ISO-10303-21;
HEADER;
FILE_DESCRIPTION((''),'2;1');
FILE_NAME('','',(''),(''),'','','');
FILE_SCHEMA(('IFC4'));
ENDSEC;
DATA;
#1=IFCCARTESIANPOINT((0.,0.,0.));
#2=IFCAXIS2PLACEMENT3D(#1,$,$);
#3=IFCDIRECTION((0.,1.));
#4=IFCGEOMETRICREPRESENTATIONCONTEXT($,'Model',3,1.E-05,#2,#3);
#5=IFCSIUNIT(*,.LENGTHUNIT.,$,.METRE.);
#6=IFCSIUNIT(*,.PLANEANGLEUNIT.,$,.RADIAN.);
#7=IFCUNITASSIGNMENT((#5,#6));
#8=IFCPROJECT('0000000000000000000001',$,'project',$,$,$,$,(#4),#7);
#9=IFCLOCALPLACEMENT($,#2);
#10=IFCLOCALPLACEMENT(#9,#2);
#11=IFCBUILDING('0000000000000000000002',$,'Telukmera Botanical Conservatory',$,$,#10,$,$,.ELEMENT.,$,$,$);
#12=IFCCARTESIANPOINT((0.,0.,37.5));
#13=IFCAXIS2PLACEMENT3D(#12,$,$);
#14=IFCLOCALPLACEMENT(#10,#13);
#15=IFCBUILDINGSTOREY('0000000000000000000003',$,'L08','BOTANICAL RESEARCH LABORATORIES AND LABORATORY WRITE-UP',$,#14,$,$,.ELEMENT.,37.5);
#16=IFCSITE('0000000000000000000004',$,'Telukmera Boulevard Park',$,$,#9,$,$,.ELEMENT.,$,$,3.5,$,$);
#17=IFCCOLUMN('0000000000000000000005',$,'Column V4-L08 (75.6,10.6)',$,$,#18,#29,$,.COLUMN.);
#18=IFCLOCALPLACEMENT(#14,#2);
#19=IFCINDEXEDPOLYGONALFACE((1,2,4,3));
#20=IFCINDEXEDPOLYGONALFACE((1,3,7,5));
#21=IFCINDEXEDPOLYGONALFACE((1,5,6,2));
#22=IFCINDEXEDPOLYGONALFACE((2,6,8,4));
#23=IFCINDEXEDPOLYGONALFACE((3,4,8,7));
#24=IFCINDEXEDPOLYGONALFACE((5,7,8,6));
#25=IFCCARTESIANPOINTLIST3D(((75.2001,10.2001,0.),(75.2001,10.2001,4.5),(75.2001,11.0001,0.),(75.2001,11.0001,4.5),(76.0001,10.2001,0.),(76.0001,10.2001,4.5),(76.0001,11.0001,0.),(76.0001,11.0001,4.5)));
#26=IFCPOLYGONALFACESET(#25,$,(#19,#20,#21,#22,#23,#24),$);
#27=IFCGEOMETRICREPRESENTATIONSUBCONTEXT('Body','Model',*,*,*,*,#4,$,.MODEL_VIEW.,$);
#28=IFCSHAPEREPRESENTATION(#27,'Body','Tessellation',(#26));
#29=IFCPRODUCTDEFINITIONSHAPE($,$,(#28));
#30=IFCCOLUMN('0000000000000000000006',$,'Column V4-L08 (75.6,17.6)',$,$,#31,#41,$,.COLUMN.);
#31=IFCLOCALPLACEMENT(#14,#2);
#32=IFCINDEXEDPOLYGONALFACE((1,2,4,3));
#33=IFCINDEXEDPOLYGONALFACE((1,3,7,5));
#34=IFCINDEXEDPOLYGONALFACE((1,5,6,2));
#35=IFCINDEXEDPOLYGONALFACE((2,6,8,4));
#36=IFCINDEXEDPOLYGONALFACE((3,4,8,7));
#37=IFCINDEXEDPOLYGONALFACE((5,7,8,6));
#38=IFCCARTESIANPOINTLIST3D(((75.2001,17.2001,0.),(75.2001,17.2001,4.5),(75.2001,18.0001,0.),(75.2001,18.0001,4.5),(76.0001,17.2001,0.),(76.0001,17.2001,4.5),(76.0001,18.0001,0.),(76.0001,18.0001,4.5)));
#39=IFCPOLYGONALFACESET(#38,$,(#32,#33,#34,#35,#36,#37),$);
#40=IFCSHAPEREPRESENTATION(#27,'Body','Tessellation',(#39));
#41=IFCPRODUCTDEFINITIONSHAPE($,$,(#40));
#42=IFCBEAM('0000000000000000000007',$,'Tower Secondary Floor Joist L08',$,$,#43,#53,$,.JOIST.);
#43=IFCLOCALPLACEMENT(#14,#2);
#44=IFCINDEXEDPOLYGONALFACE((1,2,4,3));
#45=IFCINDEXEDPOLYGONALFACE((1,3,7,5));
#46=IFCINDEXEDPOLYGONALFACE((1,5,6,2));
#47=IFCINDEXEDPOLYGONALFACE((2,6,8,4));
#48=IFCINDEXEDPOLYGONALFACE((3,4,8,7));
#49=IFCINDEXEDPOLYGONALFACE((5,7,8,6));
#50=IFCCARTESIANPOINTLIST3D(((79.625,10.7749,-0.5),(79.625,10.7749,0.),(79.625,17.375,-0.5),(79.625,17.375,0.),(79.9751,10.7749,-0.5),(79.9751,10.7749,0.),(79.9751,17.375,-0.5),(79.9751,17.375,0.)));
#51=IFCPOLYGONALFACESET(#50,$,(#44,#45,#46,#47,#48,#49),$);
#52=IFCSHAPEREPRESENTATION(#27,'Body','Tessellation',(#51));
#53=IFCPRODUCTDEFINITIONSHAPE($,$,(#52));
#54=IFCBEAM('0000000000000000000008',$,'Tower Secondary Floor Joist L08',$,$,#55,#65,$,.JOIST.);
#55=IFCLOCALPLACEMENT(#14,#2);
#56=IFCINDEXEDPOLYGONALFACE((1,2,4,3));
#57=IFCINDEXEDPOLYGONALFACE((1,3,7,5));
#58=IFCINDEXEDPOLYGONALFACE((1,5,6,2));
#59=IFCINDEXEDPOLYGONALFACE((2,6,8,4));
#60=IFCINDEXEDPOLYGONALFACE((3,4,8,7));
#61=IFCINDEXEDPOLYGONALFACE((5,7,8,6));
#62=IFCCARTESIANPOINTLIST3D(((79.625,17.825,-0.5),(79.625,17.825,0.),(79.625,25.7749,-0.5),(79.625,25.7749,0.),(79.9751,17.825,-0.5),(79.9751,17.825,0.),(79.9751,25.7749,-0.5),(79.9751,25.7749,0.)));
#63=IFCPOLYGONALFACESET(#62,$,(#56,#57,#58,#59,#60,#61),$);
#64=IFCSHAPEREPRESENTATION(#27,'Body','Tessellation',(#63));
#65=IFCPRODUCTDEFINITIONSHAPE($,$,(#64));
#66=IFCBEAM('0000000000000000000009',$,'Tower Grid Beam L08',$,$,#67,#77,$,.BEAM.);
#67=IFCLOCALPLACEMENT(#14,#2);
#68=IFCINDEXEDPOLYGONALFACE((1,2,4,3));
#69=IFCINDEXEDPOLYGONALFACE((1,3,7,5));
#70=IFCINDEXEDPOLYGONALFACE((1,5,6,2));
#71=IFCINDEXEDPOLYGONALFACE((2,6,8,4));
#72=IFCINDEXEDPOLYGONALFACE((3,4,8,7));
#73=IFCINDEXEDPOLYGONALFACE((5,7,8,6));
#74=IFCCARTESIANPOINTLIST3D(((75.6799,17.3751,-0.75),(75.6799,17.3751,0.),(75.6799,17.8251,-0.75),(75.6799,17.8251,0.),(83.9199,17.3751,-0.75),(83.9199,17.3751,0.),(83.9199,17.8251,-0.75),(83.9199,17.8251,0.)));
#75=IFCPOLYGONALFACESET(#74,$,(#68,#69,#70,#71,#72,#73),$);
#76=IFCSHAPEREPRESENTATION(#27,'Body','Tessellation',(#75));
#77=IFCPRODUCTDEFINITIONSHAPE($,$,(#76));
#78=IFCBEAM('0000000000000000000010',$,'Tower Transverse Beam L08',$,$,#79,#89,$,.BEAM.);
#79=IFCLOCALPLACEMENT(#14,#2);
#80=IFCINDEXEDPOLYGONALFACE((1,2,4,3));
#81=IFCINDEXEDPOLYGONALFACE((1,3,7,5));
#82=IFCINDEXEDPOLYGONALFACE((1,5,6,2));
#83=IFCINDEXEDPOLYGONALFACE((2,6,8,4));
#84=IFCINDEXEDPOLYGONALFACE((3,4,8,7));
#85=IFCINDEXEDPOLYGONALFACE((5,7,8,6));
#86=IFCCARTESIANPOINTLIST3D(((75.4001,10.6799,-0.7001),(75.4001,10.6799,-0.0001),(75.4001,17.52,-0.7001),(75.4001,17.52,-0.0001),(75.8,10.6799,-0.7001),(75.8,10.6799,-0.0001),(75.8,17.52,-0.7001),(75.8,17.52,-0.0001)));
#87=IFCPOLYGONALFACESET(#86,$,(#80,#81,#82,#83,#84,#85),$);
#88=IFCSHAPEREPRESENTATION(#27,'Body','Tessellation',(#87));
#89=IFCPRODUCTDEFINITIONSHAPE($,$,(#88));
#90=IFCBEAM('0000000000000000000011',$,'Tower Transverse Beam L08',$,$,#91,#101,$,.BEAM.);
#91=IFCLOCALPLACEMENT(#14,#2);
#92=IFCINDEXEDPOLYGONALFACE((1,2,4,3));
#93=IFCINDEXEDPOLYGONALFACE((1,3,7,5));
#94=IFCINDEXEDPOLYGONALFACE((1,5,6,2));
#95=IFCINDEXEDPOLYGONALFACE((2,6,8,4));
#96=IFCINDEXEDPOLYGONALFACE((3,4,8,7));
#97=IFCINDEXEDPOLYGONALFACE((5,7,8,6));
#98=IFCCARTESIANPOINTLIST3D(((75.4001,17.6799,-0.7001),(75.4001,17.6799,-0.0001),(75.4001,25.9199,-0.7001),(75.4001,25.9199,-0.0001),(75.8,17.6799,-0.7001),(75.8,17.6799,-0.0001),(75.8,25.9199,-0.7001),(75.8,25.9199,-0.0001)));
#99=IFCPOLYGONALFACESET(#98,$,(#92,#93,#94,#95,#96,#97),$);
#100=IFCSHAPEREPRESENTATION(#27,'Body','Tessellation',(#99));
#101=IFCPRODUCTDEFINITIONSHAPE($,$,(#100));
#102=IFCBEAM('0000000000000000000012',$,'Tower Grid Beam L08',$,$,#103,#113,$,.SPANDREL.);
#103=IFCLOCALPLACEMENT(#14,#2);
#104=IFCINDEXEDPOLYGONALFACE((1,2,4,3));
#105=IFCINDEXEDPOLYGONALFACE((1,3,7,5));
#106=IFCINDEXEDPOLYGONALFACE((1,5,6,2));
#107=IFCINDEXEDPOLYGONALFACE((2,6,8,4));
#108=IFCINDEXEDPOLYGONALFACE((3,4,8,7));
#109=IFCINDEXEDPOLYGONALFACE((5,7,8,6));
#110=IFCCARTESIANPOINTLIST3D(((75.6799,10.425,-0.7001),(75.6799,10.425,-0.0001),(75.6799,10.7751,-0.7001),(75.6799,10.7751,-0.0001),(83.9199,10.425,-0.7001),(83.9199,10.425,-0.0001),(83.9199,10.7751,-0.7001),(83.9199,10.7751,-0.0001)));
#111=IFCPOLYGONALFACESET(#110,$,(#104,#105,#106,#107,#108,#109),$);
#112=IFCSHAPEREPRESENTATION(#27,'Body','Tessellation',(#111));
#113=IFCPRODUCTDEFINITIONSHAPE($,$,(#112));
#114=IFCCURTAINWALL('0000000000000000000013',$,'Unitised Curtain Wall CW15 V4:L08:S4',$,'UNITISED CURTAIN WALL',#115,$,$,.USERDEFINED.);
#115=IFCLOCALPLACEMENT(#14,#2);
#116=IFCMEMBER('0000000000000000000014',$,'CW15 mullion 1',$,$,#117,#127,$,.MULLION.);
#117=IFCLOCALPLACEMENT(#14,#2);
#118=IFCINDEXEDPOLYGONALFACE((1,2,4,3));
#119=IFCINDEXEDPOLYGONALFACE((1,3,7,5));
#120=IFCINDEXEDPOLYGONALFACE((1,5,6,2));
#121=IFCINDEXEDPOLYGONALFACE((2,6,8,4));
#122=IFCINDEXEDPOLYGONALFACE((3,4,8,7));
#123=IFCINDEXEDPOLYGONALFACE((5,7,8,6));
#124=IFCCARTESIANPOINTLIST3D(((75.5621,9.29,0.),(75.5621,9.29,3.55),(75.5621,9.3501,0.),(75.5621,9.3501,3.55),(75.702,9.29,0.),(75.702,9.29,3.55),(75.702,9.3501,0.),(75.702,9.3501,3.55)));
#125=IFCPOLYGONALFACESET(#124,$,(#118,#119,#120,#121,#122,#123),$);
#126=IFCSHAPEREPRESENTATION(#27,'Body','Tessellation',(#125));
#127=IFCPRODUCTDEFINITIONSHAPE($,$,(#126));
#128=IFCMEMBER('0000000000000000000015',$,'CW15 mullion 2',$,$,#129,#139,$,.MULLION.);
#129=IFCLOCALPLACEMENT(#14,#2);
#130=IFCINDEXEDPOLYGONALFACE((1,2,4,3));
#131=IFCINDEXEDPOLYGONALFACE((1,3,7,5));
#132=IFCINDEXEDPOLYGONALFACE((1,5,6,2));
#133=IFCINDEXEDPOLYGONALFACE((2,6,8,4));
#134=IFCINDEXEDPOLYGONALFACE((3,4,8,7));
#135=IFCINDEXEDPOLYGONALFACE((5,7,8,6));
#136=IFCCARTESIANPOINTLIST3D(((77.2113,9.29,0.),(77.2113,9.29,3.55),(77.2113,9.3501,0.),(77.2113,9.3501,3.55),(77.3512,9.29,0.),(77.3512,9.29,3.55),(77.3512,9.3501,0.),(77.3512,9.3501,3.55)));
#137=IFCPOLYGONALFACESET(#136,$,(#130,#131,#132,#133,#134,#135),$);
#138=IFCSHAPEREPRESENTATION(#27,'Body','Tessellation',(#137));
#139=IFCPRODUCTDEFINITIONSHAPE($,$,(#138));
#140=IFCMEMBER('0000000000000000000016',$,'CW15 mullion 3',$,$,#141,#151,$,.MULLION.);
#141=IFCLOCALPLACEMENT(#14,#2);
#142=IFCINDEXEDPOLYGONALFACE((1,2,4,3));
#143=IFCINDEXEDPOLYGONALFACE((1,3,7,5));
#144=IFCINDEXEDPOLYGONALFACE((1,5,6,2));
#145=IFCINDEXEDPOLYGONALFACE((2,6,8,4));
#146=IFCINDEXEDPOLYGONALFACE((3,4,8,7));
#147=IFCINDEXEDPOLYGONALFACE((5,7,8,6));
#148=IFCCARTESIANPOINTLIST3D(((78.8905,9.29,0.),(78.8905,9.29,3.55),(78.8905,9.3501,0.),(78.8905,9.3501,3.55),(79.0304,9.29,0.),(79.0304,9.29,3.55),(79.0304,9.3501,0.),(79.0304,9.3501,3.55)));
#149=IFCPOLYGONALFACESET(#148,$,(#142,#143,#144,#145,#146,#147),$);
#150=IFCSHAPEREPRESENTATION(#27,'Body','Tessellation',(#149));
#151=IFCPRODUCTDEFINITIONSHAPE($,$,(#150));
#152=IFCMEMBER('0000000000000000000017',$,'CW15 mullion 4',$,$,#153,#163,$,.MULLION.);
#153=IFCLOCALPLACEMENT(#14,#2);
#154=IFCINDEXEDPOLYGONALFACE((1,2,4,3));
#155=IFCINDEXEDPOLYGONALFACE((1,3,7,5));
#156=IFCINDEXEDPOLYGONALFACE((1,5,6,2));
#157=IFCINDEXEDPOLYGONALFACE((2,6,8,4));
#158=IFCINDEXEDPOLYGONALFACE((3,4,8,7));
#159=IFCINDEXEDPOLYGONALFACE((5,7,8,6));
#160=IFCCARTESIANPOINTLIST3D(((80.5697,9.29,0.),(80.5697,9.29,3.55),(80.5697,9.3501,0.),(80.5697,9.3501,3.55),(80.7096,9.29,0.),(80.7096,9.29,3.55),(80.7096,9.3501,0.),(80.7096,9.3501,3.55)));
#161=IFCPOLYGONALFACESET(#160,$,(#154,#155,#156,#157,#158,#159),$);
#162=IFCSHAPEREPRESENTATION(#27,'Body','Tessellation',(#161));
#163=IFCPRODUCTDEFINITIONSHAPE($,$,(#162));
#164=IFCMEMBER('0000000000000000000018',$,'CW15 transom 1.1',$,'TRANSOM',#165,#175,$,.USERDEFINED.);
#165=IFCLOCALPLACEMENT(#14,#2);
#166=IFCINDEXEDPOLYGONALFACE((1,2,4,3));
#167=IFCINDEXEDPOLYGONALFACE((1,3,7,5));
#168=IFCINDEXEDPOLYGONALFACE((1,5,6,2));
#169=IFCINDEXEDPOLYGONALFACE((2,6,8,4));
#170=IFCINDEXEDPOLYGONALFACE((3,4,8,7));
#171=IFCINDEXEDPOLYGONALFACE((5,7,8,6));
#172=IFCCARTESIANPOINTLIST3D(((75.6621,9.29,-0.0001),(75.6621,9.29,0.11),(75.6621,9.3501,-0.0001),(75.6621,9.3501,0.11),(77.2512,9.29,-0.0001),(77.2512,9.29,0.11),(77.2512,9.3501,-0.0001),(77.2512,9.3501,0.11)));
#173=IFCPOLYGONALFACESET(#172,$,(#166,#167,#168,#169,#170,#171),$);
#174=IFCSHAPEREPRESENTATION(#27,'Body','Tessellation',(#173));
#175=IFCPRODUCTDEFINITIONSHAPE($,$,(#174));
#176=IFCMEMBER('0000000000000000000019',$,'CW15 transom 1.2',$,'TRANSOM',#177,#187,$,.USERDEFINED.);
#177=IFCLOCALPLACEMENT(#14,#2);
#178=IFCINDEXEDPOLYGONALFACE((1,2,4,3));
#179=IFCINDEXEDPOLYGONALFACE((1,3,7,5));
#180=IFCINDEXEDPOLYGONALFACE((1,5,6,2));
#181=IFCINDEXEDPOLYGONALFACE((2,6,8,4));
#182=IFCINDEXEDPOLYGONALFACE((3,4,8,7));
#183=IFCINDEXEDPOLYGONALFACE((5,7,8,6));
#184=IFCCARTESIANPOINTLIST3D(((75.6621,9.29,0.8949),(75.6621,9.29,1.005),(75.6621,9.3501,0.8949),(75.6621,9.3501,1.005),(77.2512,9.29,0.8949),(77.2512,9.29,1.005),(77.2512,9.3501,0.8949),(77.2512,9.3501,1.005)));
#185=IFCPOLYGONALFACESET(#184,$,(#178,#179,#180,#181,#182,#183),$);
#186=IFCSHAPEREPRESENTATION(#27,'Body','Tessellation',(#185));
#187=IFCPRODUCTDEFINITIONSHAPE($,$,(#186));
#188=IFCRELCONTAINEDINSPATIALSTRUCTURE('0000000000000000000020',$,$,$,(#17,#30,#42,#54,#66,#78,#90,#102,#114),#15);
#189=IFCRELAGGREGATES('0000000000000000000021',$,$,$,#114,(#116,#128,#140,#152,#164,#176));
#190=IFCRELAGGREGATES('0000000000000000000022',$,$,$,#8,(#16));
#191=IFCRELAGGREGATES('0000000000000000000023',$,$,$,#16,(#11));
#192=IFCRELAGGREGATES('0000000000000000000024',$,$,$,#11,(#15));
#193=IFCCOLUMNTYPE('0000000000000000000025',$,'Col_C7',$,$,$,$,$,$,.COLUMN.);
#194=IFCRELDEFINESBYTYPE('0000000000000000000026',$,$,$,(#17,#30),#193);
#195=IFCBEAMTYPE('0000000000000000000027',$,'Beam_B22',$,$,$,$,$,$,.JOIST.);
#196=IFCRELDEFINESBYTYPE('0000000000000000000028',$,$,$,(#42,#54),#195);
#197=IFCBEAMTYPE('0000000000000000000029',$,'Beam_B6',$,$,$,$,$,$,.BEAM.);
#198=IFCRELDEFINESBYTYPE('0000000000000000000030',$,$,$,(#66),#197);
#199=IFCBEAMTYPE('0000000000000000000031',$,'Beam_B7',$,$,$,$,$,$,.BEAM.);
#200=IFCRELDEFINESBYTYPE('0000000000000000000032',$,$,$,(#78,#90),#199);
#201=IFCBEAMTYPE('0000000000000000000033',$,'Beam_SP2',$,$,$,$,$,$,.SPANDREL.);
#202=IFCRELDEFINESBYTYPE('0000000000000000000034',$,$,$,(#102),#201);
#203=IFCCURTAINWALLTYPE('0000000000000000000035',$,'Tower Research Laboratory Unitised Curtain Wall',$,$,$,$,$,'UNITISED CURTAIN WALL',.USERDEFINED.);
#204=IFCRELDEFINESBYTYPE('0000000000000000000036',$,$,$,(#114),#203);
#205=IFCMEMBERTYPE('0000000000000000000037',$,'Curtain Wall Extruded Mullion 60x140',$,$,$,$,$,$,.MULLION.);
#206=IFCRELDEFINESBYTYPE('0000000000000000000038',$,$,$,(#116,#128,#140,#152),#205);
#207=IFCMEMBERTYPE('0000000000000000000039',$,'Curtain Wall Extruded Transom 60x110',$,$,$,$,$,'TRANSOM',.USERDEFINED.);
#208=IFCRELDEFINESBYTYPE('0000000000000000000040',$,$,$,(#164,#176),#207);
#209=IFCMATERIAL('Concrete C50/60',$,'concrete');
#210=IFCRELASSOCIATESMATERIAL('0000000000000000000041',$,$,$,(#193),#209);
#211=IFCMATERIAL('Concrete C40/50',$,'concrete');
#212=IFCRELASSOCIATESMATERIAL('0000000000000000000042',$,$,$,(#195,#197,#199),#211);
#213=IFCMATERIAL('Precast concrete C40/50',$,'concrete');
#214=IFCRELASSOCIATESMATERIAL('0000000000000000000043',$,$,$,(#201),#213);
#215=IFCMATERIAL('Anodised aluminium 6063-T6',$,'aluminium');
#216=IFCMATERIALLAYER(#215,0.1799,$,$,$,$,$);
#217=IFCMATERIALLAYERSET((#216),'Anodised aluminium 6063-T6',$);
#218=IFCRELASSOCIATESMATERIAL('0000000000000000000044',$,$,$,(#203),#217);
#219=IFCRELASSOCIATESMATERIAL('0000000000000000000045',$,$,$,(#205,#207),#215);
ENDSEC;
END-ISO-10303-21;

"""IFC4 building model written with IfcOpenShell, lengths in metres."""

from ifc_helpers import new_model, si_unit, direction, frame, origin, origin_2d, place, context, subcontext, project, spatial, rectangle, extrude, material, layer, layer_set, material_profile, profile_set, type_object, element, aggregate, save


model = new_model("IFC4")

# Units and contexts
model_context = context("Model", 3, precision=1e-05, world=origin(), true_north=direction((0.0, 1.0)))
body_context = subcontext(model_context, "Body", "Model", "MODEL_VIEW")
ifc_project = project(units=[si_unit("LENGTHUNIT", "METRE"), si_unit("PLANEANGLEUNIT", "RADIAN")], contexts=[model_context])

# Site, building, storey
site_placement = place(None, origin())
site = spatial("IfcSite", under=ifc_project, at=site_placement, Name="Telukmera Boulevard Park", CompositionType="ELEMENT", RefElevation=3.5)
building_placement = place(site_placement, origin())
building = spatial("IfcBuilding", under=site, at=building_placement, Name="Telukmera Botanical Conservatory", CompositionType="ELEMENT")
storey_placement = place(building_placement, frame((0.0, 0.0, 37.5)))
storey = spatial("IfcBuildingStorey", under=building, at=storey_placement, Name="L08", Description="BOTANICAL RESEARCH LABORATORIES AND LABORATORY WRITE-UP", CompositionType="ELEMENT", Elevation=37.5)

# Columns
ifc_material_1 = material(Name="Concrete C50/60", Category="concrete")
ifc_material_profile_1 = material_profile(ifc_material_1, rectangle(XDim=0.8, YDim=0.8, at=origin_2d()), Name="RC 800x800")
ifc_profile_set_1 = profile_set([ifc_material_profile_1], Name="Concrete C50/60")
column_type = type_object("IfcColumnType", Name="Col_C7", PredefinedType="COLUMN", material=ifc_profile_set_1)
for number, where, z_axis, x_axis, name in (
    (1, (75.6001, 10.6001, 0.0), (0.0, 0.0, 1.0), (1.0, 0.0, 0.0), "Column V4-L08 (75.6,10.6)"),
    (2, (75.6001, 17.6001, 0.0), (0.0, 0.0, 1.0), (1.0, 0.0, 0.0), "Column V4-L08 (75.6,17.6)"),
):
    element("IfcColumn", number, at=place(storey_placement, frame(where, z_axis=z_axis, x_axis=x_axis)), inside=storey, type_object=column_type, Name=name, PredefinedType="COLUMN", context=body_context, shape_type="SweptSolid", body=[
        extrude(rectangle(XDim=0.8, YDim=0.8, at=origin_2d()), origin(), (0.0, 0.0, 1.0), 4.5),
    ])

# Beams
ifc_material_2 = material(Name="Concrete C40/50", Category="concrete")
ifc_material_profile_2 = material_profile(ifc_material_2, rectangle(XDim=0.3501, YDim=0.5, at=origin_2d()), Name="RC 350x500")
ifc_profile_set_2 = profile_set([ifc_material_profile_2], Name="Concrete C40/50")
beam_type_1 = type_object("IfcBeamType", Name="Beam_B22", PredefinedType="JOIST", material=ifc_profile_set_2)
beam_1_placement = place(storey_placement, frame((79.8, 10.7749, -0.25), z_axis=(0.0, 1.0, 0.0), x_axis=(-1.0, 0.0, 0.0)))
element("IfcBeam", 3, at=beam_1_placement, inside=storey, type_object=beam_type_1, Name="Tower Secondary Floor Joist L08", PredefinedType="JOIST", context=body_context, shape_type="SweptSolid", body=[
    extrude(rectangle(XDim=0.3501, YDim=0.5, at=origin_2d()), origin(), (0.0, 0.0, 1.0), 6.6001),
])
beam_2_placement = place(storey_placement, frame((79.8, 17.825, -0.25), z_axis=(0.0, 1.0, 0.0), x_axis=(-1.0, 0.0, 0.0)))
element("IfcBeam", 4, at=beam_2_placement, inside=storey, type_object=beam_type_1, Name="Tower Secondary Floor Joist L08", PredefinedType="JOIST", context=body_context, shape_type="SweptSolid", body=[
    extrude(rectangle(XDim=0.3501, YDim=0.5, at=origin_2d()), origin(), (0.0, 0.0, 1.0), 7.95),
])
ifc_material_profile_3 = material_profile(ifc_material_2, rectangle(XDim=0.45, YDim=0.75, at=origin_2d()), Name="RC 450x750")
ifc_profile_set_3 = profile_set([ifc_material_profile_3], Name="Concrete C40/50")
beam_type_2 = type_object("IfcBeamType", Name="Beam_B6", PredefinedType="BEAM", material=ifc_profile_set_3)
beam_3_placement = place(storey_placement, frame((75.6799, 17.6001, -0.375), z_axis=(1.0, 0.0, 0.0), x_axis=(0.0, 1.0, 0.0)))
element("IfcBeam", 5, at=beam_3_placement, inside=storey, type_object=beam_type_2, Name="Tower Grid Beam L08", PredefinedType="BEAM", context=body_context, shape_type="SweptSolid", body=[
    extrude(rectangle(XDim=0.45, YDim=0.75, at=origin_2d()), origin(), (0.0, 0.0, 1.0), 8.24),
])
ifc_material_profile_4 = material_profile(ifc_material_2, rectangle(XDim=0.3999, YDim=0.7, at=origin_2d()), Name="RC 400x700")
ifc_profile_set_4 = profile_set([ifc_material_profile_4], Name="Concrete C40/50")
beam_type_3 = type_object("IfcBeamType", Name="Beam_B7", PredefinedType="BEAM", material=ifc_profile_set_4)
beam_4_placement = place(storey_placement, frame((75.6001, 10.6799, -0.3501), z_axis=(0.0, 1.0, 0.0), x_axis=(-1.0, 0.0, 0.0)))
element("IfcBeam", 6, at=beam_4_placement, inside=storey, type_object=beam_type_3, Name="Tower Transverse Beam L08", PredefinedType="BEAM", context=body_context, shape_type="SweptSolid", body=[
    extrude(rectangle(XDim=0.3999, YDim=0.7, at=origin_2d()), origin(), (0.0, 0.0, 1.0), 6.8401),
])
beam_5_placement = place(storey_placement, frame((75.6001, 17.6799, -0.3501), z_axis=(0.0, 1.0, 0.0), x_axis=(-1.0, 0.0, 0.0)))
element("IfcBeam", 7, at=beam_5_placement, inside=storey, type_object=beam_type_3, Name="Tower Transverse Beam L08", PredefinedType="BEAM", context=body_context, shape_type="SweptSolid", body=[
    extrude(rectangle(XDim=0.3999, YDim=0.7, at=origin_2d()), origin(), (0.0, 0.0, 1.0), 8.24),
])
ifc_material_3 = material(Name="Precast concrete C40/50", Category="concrete")
ifc_material_profile_5 = material_profile(ifc_material_3, rectangle(XDim=0.3501, YDim=0.7, at=origin_2d()), Name="PC 350x700")
ifc_profile_set_5 = profile_set([ifc_material_profile_5], Name="Precast concrete C40/50")
beam_type_4 = type_object("IfcBeamType", Name="Beam_SP2", PredefinedType="SPANDREL", material=ifc_profile_set_5)
beam_6_placement = place(storey_placement, frame((75.6799, 10.6001, -0.3501), z_axis=(1.0, 0.0, 0.0), x_axis=(0.0, 1.0, 0.0)))
element("IfcBeam", 8, at=beam_6_placement, inside=storey, type_object=beam_type_4, Name="Tower Grid Beam L08", PredefinedType="SPANDREL", context=body_context, shape_type="SweptSolid", body=[
    extrude(rectangle(XDim=0.3501, YDim=0.7, at=origin_2d()), origin(), (0.0, 0.0, 1.0), 8.24),
])

# Curtain wall, members
ifc_material_4 = material(Name="Anodised aluminium 6063-T6", Category="aluminium")
ifc_layer_1 = layer(ifc_material_4, 0.1799)
ifc_layer_set_1 = layer_set([ifc_layer_1], Name="Anodised aluminium 6063-T6")
curtain_wall_type = type_object("IfcCurtainWallType", Name="Tower Research Laboratory Unitised Curtain Wall", ElementType="UNITISED CURTAIN WALL", PredefinedType="USERDEFINED", material=ifc_layer_set_1)
curtain_wall_placement = place(storey_placement, origin())
curtain_wall = element("IfcCurtainWall", 9, at=curtain_wall_placement, inside=storey, type_object=curtain_wall_type, Name="Unitised Curtain Wall CW15 V4:L08:S4", ObjectType="UNITISED CURTAIN WALL", PredefinedType="USERDEFINED")
ifc_material_profile_6 = material_profile(ifc_material_4, rectangle(XDim=0.0601, YDim=0.1399, at=origin_2d()), Name="ALU MULL 60x140")
ifc_profile_set_6 = profile_set([ifc_material_profile_6], Name="Anodised aluminium 6063-T6")
member_type_1 = type_object("IfcMemberType", Name="Curtain Wall Extruded Mullion 60x140", PredefinedType="MULLION", material=ifc_profile_set_6)
member_1_placement = place(storey_placement, frame((75.6321, 9.3201, 0.0), z_axis=(0.0, 0.0, 1.0), x_axis=(0.0, 1.0, 0.0)))
member_1 = element("IfcMember", 10, at=member_1_placement, type_object=member_type_1, Name="CW15 mullion 1", PredefinedType="MULLION", context=body_context, shape_type="SweptSolid", body=[
    extrude(rectangle(XDim=0.0601, YDim=0.1399, at=origin_2d()), origin(), (0.0, 0.0, 1.0), 3.55),
])
member_2_placement = place(storey_placement, frame((77.2812, 9.3201, 0.0), z_axis=(0.0, 0.0, 1.0), x_axis=(0.0, 1.0, 0.0)))
member_2 = element("IfcMember", 11, at=member_2_placement, type_object=member_type_1, Name="CW15 mullion 2", PredefinedType="MULLION", context=body_context, shape_type="SweptSolid", body=[
    extrude(rectangle(XDim=0.0601, YDim=0.1399, at=origin_2d()), origin(), (0.0, 0.0, 1.0), 3.55),
])
member_3_placement = place(storey_placement, frame((78.9604, 9.3201, 0.0), z_axis=(0.0, 0.0, 1.0), x_axis=(0.0, 1.0, 0.0)))
member_3 = element("IfcMember", 12, at=member_3_placement, type_object=member_type_1, Name="CW15 mullion 3", PredefinedType="MULLION", context=body_context, shape_type="SweptSolid", body=[
    extrude(rectangle(XDim=0.0601, YDim=0.1399, at=origin_2d()), origin(), (0.0, 0.0, 1.0), 3.55),
])
member_4_placement = place(storey_placement, frame((80.6396, 9.3201, 0.0), z_axis=(0.0, 0.0, 1.0), x_axis=(0.0, 1.0, 0.0)))
member_4 = element("IfcMember", 13, at=member_4_placement, type_object=member_type_1, Name="CW15 mullion 4", PredefinedType="MULLION", context=body_context, shape_type="SweptSolid", body=[
    extrude(rectangle(XDim=0.0601, YDim=0.1399, at=origin_2d()), origin(), (0.0, 0.0, 1.0), 3.55),
])
ifc_material_profile_7 = material_profile(ifc_material_4, rectangle(XDim=0.0601, YDim=0.1101, at=origin_2d()), Name="ALU TRAN 60x110")
ifc_profile_set_7 = profile_set([ifc_material_profile_7], Name="Anodised aluminium 6063-T6")
member_type_2 = type_object("IfcMemberType", Name="Curtain Wall Extruded Transom 60x110", ElementType="TRANSOM", PredefinedType="USERDEFINED", material=ifc_profile_set_7)
member_5_placement = place(storey_placement, frame((75.6621, 9.3201, 0.0549), z_axis=(1.0, 0.0, 0.0), x_axis=(0.0, 1.0, 0.0)))
member_5 = element("IfcMember", 14, at=member_5_placement, type_object=member_type_2, Name="CW15 transom 1.1", ObjectType="TRANSOM", PredefinedType="USERDEFINED", context=body_context, shape_type="SweptSolid", body=[
    extrude(rectangle(XDim=0.0601, YDim=0.1101, at=origin_2d()), origin(), (0.0, 0.0, 1.0), 1.5891),
])
member_6_placement = place(storey_placement, frame((75.6621, 9.3201, 0.95), z_axis=(1.0, 0.0, 0.0), x_axis=(0.0, 1.0, 0.0)))
member_6 = element("IfcMember", 15, at=member_6_placement, type_object=member_type_2, Name="CW15 transom 1.2", ObjectType="TRANSOM", PredefinedType="USERDEFINED", context=body_context, shape_type="SweptSolid", body=[
    extrude(rectangle(XDim=0.0601, YDim=0.1101, at=origin_2d()), origin(), (0.0, 0.0, 1.0), 1.5891),
])
aggregate(curtain_wall, [member_1, member_2, member_3, member_4, member_5, member_6])

save(model, "model.ifc")
